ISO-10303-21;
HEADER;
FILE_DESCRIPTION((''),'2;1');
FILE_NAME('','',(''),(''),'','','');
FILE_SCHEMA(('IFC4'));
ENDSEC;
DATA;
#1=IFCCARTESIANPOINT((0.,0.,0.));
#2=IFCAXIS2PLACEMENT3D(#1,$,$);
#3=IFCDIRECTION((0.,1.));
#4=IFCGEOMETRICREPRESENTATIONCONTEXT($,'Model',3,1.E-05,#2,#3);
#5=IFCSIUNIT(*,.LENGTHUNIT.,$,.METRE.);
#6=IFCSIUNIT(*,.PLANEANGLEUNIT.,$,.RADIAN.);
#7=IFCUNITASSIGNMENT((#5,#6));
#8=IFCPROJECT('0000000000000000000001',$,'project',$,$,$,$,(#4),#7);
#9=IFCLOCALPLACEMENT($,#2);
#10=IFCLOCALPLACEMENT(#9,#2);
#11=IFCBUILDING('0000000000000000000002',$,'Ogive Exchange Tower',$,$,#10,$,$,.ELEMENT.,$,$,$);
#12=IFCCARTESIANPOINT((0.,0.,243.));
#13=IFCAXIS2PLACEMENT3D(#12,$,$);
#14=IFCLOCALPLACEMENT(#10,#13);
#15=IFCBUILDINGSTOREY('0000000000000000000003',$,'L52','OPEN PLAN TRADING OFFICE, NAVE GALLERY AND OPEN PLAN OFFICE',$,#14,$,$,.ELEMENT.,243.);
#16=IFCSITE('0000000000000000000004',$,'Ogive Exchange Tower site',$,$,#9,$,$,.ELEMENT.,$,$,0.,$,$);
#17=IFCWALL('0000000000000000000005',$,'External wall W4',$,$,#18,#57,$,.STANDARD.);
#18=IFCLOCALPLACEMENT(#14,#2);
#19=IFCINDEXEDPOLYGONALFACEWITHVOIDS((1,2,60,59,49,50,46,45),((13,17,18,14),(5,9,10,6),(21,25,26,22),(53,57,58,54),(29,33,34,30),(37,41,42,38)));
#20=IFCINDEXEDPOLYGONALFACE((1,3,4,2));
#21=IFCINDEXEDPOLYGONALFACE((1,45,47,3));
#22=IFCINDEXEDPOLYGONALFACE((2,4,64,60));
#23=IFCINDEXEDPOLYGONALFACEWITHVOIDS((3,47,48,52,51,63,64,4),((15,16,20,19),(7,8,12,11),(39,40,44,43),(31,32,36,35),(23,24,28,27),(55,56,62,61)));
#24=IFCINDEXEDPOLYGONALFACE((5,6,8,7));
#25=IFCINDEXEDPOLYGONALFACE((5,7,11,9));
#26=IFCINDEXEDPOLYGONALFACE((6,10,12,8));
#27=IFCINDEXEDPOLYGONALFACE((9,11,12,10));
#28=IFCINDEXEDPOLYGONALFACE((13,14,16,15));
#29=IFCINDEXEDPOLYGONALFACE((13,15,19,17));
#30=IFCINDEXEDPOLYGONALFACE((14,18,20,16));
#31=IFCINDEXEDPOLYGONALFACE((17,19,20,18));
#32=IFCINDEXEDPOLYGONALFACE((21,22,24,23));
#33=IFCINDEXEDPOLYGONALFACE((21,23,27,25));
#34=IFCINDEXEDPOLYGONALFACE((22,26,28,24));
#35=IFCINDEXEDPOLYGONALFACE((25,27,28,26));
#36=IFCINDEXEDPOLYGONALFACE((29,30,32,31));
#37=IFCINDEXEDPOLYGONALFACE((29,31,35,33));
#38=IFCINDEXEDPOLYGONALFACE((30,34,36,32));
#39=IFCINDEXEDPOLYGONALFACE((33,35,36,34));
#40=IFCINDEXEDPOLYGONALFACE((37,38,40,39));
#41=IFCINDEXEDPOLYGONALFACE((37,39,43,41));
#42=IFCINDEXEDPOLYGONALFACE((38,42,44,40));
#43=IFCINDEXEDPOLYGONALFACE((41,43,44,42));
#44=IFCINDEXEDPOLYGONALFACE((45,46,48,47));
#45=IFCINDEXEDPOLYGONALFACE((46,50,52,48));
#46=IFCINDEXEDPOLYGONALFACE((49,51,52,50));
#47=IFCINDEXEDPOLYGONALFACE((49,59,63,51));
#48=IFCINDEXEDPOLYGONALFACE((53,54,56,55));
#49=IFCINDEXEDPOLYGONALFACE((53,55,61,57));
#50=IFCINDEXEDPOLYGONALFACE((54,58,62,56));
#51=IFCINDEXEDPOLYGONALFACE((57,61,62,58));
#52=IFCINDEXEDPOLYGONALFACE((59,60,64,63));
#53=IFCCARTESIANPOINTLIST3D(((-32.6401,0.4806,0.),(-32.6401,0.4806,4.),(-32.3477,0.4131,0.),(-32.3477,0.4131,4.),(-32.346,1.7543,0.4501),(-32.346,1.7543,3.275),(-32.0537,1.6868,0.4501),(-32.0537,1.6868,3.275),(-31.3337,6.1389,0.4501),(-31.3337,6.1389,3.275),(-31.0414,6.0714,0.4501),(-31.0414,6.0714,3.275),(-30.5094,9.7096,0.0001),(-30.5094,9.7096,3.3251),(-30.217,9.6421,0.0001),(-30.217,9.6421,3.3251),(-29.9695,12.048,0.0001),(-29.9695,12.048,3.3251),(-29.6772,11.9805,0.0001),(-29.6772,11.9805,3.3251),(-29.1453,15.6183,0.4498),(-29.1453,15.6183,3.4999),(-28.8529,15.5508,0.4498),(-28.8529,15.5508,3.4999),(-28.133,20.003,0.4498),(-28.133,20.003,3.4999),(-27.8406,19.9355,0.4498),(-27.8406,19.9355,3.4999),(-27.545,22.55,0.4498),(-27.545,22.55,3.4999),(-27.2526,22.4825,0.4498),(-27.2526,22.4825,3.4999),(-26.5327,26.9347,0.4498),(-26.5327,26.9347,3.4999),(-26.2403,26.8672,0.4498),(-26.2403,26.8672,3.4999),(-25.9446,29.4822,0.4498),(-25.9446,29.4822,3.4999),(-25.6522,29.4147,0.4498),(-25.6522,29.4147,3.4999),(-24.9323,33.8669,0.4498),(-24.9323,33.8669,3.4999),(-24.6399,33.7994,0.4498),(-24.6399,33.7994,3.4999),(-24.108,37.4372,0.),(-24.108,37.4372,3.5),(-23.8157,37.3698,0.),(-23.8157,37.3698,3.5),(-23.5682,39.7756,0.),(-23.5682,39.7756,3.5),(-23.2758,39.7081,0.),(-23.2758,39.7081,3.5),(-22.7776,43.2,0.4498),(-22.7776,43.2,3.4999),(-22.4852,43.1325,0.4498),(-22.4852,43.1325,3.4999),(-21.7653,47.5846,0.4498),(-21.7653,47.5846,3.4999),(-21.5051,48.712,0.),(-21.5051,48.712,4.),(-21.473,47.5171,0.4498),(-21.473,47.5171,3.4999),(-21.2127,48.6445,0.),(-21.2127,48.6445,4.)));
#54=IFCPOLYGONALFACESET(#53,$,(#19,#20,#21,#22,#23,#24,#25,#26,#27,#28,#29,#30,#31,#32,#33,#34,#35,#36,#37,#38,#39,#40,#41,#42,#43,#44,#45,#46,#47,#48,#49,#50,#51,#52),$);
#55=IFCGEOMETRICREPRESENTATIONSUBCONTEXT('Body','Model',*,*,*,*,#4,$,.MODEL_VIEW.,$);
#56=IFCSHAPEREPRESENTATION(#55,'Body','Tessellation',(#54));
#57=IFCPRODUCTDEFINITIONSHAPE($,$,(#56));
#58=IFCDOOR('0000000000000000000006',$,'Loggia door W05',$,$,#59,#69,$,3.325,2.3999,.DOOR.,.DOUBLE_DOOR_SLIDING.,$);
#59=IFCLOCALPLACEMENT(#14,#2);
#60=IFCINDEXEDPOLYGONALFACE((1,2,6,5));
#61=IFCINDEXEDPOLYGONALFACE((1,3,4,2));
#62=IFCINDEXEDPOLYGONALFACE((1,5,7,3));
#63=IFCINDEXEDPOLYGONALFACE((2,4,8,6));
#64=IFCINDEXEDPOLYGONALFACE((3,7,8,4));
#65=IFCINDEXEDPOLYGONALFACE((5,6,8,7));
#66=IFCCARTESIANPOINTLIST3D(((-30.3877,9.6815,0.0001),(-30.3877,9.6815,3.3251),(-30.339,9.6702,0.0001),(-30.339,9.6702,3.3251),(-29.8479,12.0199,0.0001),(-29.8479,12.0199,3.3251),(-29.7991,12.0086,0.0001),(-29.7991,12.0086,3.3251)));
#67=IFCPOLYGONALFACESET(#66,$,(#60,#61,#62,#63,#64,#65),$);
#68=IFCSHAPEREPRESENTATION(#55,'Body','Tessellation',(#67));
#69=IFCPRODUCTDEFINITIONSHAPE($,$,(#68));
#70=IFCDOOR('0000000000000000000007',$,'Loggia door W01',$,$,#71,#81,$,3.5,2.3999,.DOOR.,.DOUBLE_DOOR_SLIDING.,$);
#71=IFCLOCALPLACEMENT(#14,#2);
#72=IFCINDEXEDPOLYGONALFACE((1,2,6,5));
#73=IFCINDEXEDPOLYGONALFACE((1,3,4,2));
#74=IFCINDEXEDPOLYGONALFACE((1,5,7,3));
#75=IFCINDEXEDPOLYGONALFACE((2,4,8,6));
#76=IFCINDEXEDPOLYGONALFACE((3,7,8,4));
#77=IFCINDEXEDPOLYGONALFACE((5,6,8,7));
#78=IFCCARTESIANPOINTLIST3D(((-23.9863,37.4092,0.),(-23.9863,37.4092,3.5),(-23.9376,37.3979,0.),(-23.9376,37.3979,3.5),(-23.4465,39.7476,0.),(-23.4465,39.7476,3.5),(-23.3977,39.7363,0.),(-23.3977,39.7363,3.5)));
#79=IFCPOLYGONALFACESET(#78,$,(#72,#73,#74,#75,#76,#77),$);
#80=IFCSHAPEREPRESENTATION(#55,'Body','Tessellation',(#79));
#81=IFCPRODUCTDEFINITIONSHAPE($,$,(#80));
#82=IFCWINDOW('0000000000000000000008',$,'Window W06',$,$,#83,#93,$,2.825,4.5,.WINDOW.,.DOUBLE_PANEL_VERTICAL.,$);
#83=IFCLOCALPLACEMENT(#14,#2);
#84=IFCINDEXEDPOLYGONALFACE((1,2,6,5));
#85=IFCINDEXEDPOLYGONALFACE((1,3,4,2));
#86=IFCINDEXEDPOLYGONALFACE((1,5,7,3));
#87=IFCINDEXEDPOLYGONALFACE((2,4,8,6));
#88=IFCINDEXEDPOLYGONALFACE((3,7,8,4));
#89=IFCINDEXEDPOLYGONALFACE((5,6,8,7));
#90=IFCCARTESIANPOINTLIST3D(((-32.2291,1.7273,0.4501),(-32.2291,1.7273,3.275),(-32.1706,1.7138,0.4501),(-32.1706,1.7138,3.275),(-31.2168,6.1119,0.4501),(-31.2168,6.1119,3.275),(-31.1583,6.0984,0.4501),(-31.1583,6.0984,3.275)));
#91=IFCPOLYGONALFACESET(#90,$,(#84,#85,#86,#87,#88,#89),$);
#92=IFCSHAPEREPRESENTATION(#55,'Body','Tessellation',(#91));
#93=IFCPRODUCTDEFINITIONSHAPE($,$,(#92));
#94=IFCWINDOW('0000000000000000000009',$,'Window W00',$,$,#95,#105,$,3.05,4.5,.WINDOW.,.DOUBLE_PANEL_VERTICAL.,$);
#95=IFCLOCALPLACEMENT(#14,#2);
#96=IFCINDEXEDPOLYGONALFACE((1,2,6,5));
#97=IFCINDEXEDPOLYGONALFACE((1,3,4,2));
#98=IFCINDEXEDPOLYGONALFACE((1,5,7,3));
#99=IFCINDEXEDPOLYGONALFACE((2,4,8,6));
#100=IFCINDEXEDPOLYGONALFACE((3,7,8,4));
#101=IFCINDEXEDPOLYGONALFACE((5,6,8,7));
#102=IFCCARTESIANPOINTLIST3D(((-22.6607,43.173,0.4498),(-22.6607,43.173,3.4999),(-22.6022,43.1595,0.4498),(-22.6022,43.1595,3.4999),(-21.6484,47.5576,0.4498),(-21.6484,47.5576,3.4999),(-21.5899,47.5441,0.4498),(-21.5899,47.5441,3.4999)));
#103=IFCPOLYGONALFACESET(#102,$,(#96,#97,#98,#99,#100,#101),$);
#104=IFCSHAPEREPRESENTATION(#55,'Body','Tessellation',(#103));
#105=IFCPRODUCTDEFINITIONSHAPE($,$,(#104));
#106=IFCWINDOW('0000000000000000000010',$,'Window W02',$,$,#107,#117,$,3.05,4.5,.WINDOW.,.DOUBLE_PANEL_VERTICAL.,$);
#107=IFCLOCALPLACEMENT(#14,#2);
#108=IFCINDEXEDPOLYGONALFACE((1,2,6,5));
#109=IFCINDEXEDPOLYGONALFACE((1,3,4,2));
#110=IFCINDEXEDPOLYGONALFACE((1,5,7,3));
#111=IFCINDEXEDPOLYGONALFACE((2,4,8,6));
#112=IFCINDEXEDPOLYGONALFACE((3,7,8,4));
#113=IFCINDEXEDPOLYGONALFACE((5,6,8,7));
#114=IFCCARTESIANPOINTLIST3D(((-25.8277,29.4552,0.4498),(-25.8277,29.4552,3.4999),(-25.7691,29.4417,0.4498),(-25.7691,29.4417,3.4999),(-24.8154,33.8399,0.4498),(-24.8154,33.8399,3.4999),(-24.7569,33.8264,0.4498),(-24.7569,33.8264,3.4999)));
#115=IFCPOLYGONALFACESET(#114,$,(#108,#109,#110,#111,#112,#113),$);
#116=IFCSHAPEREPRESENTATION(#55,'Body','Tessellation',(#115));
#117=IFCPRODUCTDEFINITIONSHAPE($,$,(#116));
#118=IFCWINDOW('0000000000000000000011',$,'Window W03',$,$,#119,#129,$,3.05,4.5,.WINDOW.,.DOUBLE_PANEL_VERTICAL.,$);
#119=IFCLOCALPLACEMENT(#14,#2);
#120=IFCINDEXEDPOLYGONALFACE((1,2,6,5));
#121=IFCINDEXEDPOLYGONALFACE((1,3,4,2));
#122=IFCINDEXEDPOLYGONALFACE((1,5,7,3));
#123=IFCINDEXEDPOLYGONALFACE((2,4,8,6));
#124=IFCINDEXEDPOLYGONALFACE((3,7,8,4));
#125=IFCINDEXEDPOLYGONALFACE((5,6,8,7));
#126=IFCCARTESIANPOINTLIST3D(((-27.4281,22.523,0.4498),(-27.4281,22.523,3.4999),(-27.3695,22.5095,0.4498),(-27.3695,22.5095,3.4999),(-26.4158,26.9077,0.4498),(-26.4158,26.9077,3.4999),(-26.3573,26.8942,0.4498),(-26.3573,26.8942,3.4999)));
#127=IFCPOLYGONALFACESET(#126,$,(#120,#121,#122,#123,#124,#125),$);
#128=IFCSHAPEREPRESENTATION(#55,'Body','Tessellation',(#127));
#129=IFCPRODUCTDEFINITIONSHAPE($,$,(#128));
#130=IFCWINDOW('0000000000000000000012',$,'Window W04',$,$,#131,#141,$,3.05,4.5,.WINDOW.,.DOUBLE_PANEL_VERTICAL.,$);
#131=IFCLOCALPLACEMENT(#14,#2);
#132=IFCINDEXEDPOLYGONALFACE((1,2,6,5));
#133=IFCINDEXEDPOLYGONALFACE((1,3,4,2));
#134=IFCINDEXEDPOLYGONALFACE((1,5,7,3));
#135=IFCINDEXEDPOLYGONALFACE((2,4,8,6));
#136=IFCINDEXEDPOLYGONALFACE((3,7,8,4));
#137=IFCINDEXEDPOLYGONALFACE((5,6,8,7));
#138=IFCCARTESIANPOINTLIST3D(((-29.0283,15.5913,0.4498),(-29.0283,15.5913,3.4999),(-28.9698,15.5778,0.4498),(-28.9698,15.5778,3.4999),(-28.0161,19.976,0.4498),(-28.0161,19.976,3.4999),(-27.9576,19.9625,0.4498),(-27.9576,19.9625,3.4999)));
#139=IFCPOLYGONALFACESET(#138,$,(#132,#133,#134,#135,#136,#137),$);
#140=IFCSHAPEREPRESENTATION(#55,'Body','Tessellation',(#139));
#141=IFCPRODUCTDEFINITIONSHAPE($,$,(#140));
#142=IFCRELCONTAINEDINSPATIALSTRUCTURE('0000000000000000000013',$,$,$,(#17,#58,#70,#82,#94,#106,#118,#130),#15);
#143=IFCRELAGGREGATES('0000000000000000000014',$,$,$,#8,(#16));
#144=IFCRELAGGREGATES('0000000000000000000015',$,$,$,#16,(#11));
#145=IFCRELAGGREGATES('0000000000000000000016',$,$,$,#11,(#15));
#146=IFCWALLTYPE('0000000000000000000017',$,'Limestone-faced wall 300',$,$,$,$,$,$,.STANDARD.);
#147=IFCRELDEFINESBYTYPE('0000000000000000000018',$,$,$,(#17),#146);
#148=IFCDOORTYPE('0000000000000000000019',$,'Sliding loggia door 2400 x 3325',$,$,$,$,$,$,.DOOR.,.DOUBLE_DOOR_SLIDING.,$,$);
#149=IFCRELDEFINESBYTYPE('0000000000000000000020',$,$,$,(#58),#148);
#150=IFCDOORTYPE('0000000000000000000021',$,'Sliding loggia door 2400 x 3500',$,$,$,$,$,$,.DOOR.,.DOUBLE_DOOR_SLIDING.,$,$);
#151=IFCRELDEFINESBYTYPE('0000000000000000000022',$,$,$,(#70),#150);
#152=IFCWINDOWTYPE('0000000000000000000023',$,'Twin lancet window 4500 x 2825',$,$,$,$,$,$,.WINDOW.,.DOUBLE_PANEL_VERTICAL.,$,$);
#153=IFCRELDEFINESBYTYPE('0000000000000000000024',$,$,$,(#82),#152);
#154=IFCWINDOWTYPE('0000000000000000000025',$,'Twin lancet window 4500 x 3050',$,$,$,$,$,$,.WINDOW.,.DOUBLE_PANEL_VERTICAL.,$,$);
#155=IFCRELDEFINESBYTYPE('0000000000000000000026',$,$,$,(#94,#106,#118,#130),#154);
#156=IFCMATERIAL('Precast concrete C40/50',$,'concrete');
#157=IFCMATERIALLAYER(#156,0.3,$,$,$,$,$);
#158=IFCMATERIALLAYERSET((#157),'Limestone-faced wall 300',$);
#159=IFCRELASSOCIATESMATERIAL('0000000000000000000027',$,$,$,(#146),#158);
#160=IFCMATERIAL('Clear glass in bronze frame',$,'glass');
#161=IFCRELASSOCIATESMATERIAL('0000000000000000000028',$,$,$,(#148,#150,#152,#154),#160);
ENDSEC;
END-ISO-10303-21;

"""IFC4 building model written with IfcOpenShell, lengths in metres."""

from ifc_helpers import new_model, si_unit, direction, frame, frame_2d, origin, place, context, subcontext, project, spatial, rectangle, extrude, material, layer, layer_set, type_object, element, fill, save


model = new_model("IFC4")

# Units and contexts
model_context = context("Model", 3, precision=1e-05, world=origin(), true_north=direction((0.0, 1.0)))
body_context = subcontext(model_context, "Body", "Model", "MODEL_VIEW")
ifc_project = project(units=[si_unit("LENGTHUNIT", "METRE"), si_unit("PLANEANGLEUNIT", "RADIAN")], contexts=[model_context])

# Site, building, storey
site_placement = place(None, origin())
site = spatial("IfcSite", under=ifc_project, at=site_placement, Name="Ogive Exchange Tower site", CompositionType="ELEMENT", RefElevation=0.0)
building_placement = place(site_placement, origin())
building = spatial("IfcBuilding", under=site, at=building_placement, Name="Ogive Exchange Tower", CompositionType="ELEMENT")
storey_placement = place(building_placement, frame((0.0, 0.0, 243.0)))
storey = spatial("IfcBuildingStorey", under=building, at=storey_placement, Name="L52", Description="OPEN PLAN TRADING OFFICE, NAVE GALLERY AND OPEN PLAN OFFICE", CompositionType="ELEMENT", Elevation=243.0)

# Wall, openings, doors, windows
ifc_material_1 = material(Name="Precast concrete C40/50", Category="concrete")
ifc_layer_1 = layer(ifc_material_1, 0.3)
ifc_layer_set_1 = layer_set([ifc_layer_1], Name="Limestone-faced wall 300")
wall_type_1 = type_object("IfcWallType", Name="Limestone-faced wall 300", PredefinedType="STANDARD", material=ifc_layer_set_1)
wall_1_placement = place(storey_placement, frame((-21.3589, 48.6782, 0.0), z_axis=(0.0, 0.0, 1.0), x_axis=(-0.224949, -0.97437, 0.0)))
wall_1 = element("IfcWall", 1, at=wall_1_placement, inside=storey, type_object=wall_type_1, Name="External wall W4", PredefinedType="STANDARD", context=body_context, shape_type="SweptSolid", body=[
    extrude(rectangle(XDim=49.5, YDim=0.3, at=frame_2d((24.75, 0.0))), origin(), (0.0, 0.0, 1.0), 4.0),
])
opening_1_placement = place(wall_1_placement, frame((1.157, 0.0, 0.45)))
opening_1 = element("IfcOpeningElement", 2, at=opening_1_placement, cuts=wall_1, PredefinedType="OPENING", context=body_context, shape_type="SweptSolid", body=[
    extrude(rectangle(XDim=4.5, YDim=3.05, at=frame_2d((2.25, 1.5249))), frame((0.0, 0.1599, 0.0), z_axis=(0.0, -1.0, 0.0), x_axis=(1.0, 0.0, 0.0)), (0.0, 0.0, 1.0), 0.3201),
])
opening_2_placement = place(wall_1_placement, frame((9.1714, 0.0, 0.0)))
opening_2 = element("IfcOpeningElement", 3, at=opening_2_placement, cuts=wall_1, PredefinedType="OPENING", context=body_context, shape_type="SweptSolid", body=[
    extrude(rectangle(XDim=2.3999, YDim=3.5, at=frame_2d((1.2, 1.75))), frame((0.0, 0.1599, 0.0), z_axis=(0.0, -1.0, 0.0), x_axis=(1.0, 0.0, 0.0)), (0.0, 0.0, 1.0), 0.3201),
])
opening_3_placement = place(wall_1_placement, frame((15.2356, 0.0, 0.45)))
opening_3 = element("IfcOpeningElement", 4, at=opening_3_placement, cuts=wall_1, PredefinedType="OPENING", context=body_context, shape_type="SweptSolid", body=[
    extrude(rectangle(XDim=4.5, YDim=3.05, at=frame_2d((2.25, 1.5249))), frame((0.0, 0.1599, 0.0), z_axis=(0.0, -1.0, 0.0), x_axis=(1.0, 0.0, 0.0)), (0.0, 0.0, 1.0), 0.3201),
])
opening_4_placement = place(wall_1_placement, frame((22.3501, 0.0, 0.45)))
opening_4 = element("IfcOpeningElement", 5, at=opening_4_placement, cuts=wall_1, PredefinedType="OPENING", context=body_context, shape_type="SweptSolid", body=[
    extrude(rectangle(XDim=4.5, YDim=3.05, at=frame_2d((2.25, 1.5249))), frame((0.0, 0.1599, 0.0), z_axis=(0.0, -1.0, 0.0), x_axis=(1.0, 0.0, 0.0)), (0.0, 0.0, 1.0), 0.3201),
])
opening_5_placement = place(wall_1_placement, frame((29.4641, 0.0, 0.45)))
opening_5 = element("IfcOpeningElement", 6, at=opening_5_placement, cuts=wall_1, PredefinedType="OPENING", context=body_context, shape_type="SweptSolid", body=[
    extrude(rectangle(XDim=4.5, YDim=3.05, at=frame_2d((2.25, 1.5249))), frame((0.0, 0.1599, 0.0), z_axis=(0.0, -1.0, 0.0), x_axis=(1.0, 0.0, 0.0)), (0.0, 0.0, 1.0), 0.3201),
])
opening_6_placement = place(wall_1_placement, frame((37.6284, 0.0, 0.0)))
opening_6 = element("IfcOpeningElement", 7, at=opening_6_placement, cuts=wall_1, PredefinedType="OPENING", context=body_context, shape_type="SweptSolid", body=[
    extrude(rectangle(XDim=2.3999, YDim=3.325, at=frame_2d((1.2, 1.6626))), frame((0.0, 0.1599, 0.0), z_axis=(0.0, -1.0, 0.0), x_axis=(1.0, 0.0, 0.0)), (0.0, 0.0, 1.0), 0.3201),
])
opening_7_placement = place(wall_1_placement, frame((43.6929, 0.0, 0.45)))
opening_7 = element("IfcOpeningElement", 8, at=opening_7_placement, cuts=wall_1, PredefinedType="OPENING", context=body_context, shape_type="SweptSolid", body=[
    extrude(rectangle(XDim=4.5, YDim=2.825, at=frame_2d((2.25, 1.4126))), frame((0.0, 0.1599, 0.0), z_axis=(0.0, -1.0, 0.0), x_axis=(1.0, 0.0, 0.0)), (0.0, 0.0, 1.0), 0.3201),
])
ifc_material_2 = material(Name="Clear glass in bronze frame", Category="glass")
door_type_1 = type_object("IfcDoorType", Name="Sliding loggia door 2400 x 3325", OperationType="DOUBLE_DOOR_SLIDING", PredefinedType="DOOR", material=ifc_material_2)
door_1_placement = place(opening_6_placement, origin())
door_1 = element("IfcDoor", 9, at=door_1_placement, inside=storey, type_object=door_type_1, Name="Loggia door W05", OperationType="DOUBLE_DOOR_SLIDING", OverallHeight=3.325, OverallWidth=2.3999, PredefinedType="DOOR", context=body_context, shape_type="SweptSolid", body=[
    extrude(rectangle(XDim=2.3999, YDim=3.325, at=frame_2d((1.2, 1.6626))), frame((0.0, 0.0249, 0.0), z_axis=(0.0, -1.0, 0.0), x_axis=(1.0, 0.0, 0.0)), (0.0, 0.0, 1.0), 0.05),
])
fill(opening_6, door_1)
door_type_2 = type_object("IfcDoorType", Name="Sliding loggia door 2400 x 3500", OperationType="DOUBLE_DOOR_SLIDING", PredefinedType="DOOR", material=ifc_material_2)
door_2_placement = place(opening_2_placement, origin())
door_2 = element("IfcDoor", 10, at=door_2_placement, inside=storey, type_object=door_type_2, Name="Loggia door W01", OperationType="DOUBLE_DOOR_SLIDING", OverallHeight=3.5, OverallWidth=2.3999, PredefinedType="DOOR", context=body_context, shape_type="SweptSolid", body=[
    extrude(rectangle(XDim=2.3999, YDim=3.5, at=frame_2d((1.2, 1.75))), frame((0.0, 0.0249, 0.0), z_axis=(0.0, -1.0, 0.0), x_axis=(1.0, 0.0, 0.0)), (0.0, 0.0, 1.0), 0.05),
])
fill(opening_2, door_2)
window_type_1 = type_object("IfcWindowType", Name="Twin lancet window 4500 x 2825", PartitioningType="DOUBLE_PANEL_VERTICAL", PredefinedType="WINDOW", material=ifc_material_2)
window_1_placement = place(opening_7_placement, origin())
window_1 = element("IfcWindow", 11, at=window_1_placement, inside=storey, type_object=window_type_1, Name="Window W06", OverallHeight=2.825, OverallWidth=4.5, PartitioningType="DOUBLE_PANEL_VERTICAL", PredefinedType="WINDOW", context=body_context, shape_type="SweptSolid", body=[
    extrude(rectangle(XDim=4.5, YDim=2.825, at=frame_2d((2.25, 1.4126))), frame((0.0, 0.03, 0.0), z_axis=(0.0, -1.0, 0.0), x_axis=(1.0, 0.0, 0.0)), (0.0, 0.0, 1.0), 0.0601),
])
fill(opening_7, window_1)
window_type_2 = type_object("IfcWindowType", Name="Twin lancet window 4500 x 3050", PartitioningType="DOUBLE_PANEL_VERTICAL", PredefinedType="WINDOW", material=ifc_material_2)
window_2_placement = place(opening_1_placement, origin())
window_2 = element("IfcWindow", 12, at=window_2_placement, inside=storey, type_object=window_type_2, Name="Window W00", OverallHeight=3.05, OverallWidth=4.5, PartitioningType="DOUBLE_PANEL_VERTICAL", PredefinedType="WINDOW", context=body_context, shape_type="SweptSolid", body=[
    extrude(rectangle(XDim=4.5, YDim=3.05, at=frame_2d((2.25, 1.5249))), frame((0.0, 0.03, 0.0), z_axis=(0.0, -1.0, 0.0), x_axis=(1.0, 0.0, 0.0)), (0.0, 0.0, 1.0), 0.0601),
])
fill(opening_1, window_2)
window_3_placement = place(opening_3_placement, origin())
window_3 = element("IfcWindow", 13, at=window_3_placement, inside=storey, type_object=window_type_2, Name="Window W02", OverallHeight=3.05, OverallWidth=4.5, PartitioningType="DOUBLE_PANEL_VERTICAL", PredefinedType="WINDOW", context=body_context, shape_type="SweptSolid", body=[
    extrude(rectangle(XDim=4.5, YDim=3.05, at=frame_2d((2.25, 1.5249))), frame((0.0, 0.03, 0.0), z_axis=(0.0, -1.0, 0.0), x_axis=(1.0, 0.0, 0.0)), (0.0, 0.0, 1.0), 0.0601),
])
fill(opening_3, window_3)
window_4_placement = place(opening_4_placement, origin())
window_4 = element("IfcWindow", 14, at=window_4_placement, inside=storey, type_object=window_type_2, Name="Window W03", OverallHeight=3.05, OverallWidth=4.5, PartitioningType="DOUBLE_PANEL_VERTICAL", PredefinedType="WINDOW", context=body_context, shape_type="SweptSolid", body=[
    extrude(rectangle(XDim=4.5, YDim=3.05, at=frame_2d((2.25, 1.5249))), frame((0.0, 0.03, 0.0), z_axis=(0.0, -1.0, 0.0), x_axis=(1.0, 0.0, 0.0)), (0.0, 0.0, 1.0), 0.0601),
])
fill(opening_4, window_4)
window_5_placement = place(opening_5_placement, origin())
window_5 = element("IfcWindow", 15, at=window_5_placement, inside=storey, type_object=window_type_2, Name="Window W04", OverallHeight=3.05, OverallWidth=4.5, PartitioningType="DOUBLE_PANEL_VERTICAL", PredefinedType="WINDOW", context=body_context, shape_type="SweptSolid", body=[
    extrude(rectangle(XDim=4.5, YDim=3.05, at=frame_2d((2.25, 1.5249))), frame((0.0, 0.03, 0.0), z_axis=(0.0, -1.0, 0.0), x_axis=(1.0, 0.0, 0.0)), (0.0, 0.0, 1.0), 0.0601),
])
fill(opening_5, window_5)

save(model, "model.ifc")
